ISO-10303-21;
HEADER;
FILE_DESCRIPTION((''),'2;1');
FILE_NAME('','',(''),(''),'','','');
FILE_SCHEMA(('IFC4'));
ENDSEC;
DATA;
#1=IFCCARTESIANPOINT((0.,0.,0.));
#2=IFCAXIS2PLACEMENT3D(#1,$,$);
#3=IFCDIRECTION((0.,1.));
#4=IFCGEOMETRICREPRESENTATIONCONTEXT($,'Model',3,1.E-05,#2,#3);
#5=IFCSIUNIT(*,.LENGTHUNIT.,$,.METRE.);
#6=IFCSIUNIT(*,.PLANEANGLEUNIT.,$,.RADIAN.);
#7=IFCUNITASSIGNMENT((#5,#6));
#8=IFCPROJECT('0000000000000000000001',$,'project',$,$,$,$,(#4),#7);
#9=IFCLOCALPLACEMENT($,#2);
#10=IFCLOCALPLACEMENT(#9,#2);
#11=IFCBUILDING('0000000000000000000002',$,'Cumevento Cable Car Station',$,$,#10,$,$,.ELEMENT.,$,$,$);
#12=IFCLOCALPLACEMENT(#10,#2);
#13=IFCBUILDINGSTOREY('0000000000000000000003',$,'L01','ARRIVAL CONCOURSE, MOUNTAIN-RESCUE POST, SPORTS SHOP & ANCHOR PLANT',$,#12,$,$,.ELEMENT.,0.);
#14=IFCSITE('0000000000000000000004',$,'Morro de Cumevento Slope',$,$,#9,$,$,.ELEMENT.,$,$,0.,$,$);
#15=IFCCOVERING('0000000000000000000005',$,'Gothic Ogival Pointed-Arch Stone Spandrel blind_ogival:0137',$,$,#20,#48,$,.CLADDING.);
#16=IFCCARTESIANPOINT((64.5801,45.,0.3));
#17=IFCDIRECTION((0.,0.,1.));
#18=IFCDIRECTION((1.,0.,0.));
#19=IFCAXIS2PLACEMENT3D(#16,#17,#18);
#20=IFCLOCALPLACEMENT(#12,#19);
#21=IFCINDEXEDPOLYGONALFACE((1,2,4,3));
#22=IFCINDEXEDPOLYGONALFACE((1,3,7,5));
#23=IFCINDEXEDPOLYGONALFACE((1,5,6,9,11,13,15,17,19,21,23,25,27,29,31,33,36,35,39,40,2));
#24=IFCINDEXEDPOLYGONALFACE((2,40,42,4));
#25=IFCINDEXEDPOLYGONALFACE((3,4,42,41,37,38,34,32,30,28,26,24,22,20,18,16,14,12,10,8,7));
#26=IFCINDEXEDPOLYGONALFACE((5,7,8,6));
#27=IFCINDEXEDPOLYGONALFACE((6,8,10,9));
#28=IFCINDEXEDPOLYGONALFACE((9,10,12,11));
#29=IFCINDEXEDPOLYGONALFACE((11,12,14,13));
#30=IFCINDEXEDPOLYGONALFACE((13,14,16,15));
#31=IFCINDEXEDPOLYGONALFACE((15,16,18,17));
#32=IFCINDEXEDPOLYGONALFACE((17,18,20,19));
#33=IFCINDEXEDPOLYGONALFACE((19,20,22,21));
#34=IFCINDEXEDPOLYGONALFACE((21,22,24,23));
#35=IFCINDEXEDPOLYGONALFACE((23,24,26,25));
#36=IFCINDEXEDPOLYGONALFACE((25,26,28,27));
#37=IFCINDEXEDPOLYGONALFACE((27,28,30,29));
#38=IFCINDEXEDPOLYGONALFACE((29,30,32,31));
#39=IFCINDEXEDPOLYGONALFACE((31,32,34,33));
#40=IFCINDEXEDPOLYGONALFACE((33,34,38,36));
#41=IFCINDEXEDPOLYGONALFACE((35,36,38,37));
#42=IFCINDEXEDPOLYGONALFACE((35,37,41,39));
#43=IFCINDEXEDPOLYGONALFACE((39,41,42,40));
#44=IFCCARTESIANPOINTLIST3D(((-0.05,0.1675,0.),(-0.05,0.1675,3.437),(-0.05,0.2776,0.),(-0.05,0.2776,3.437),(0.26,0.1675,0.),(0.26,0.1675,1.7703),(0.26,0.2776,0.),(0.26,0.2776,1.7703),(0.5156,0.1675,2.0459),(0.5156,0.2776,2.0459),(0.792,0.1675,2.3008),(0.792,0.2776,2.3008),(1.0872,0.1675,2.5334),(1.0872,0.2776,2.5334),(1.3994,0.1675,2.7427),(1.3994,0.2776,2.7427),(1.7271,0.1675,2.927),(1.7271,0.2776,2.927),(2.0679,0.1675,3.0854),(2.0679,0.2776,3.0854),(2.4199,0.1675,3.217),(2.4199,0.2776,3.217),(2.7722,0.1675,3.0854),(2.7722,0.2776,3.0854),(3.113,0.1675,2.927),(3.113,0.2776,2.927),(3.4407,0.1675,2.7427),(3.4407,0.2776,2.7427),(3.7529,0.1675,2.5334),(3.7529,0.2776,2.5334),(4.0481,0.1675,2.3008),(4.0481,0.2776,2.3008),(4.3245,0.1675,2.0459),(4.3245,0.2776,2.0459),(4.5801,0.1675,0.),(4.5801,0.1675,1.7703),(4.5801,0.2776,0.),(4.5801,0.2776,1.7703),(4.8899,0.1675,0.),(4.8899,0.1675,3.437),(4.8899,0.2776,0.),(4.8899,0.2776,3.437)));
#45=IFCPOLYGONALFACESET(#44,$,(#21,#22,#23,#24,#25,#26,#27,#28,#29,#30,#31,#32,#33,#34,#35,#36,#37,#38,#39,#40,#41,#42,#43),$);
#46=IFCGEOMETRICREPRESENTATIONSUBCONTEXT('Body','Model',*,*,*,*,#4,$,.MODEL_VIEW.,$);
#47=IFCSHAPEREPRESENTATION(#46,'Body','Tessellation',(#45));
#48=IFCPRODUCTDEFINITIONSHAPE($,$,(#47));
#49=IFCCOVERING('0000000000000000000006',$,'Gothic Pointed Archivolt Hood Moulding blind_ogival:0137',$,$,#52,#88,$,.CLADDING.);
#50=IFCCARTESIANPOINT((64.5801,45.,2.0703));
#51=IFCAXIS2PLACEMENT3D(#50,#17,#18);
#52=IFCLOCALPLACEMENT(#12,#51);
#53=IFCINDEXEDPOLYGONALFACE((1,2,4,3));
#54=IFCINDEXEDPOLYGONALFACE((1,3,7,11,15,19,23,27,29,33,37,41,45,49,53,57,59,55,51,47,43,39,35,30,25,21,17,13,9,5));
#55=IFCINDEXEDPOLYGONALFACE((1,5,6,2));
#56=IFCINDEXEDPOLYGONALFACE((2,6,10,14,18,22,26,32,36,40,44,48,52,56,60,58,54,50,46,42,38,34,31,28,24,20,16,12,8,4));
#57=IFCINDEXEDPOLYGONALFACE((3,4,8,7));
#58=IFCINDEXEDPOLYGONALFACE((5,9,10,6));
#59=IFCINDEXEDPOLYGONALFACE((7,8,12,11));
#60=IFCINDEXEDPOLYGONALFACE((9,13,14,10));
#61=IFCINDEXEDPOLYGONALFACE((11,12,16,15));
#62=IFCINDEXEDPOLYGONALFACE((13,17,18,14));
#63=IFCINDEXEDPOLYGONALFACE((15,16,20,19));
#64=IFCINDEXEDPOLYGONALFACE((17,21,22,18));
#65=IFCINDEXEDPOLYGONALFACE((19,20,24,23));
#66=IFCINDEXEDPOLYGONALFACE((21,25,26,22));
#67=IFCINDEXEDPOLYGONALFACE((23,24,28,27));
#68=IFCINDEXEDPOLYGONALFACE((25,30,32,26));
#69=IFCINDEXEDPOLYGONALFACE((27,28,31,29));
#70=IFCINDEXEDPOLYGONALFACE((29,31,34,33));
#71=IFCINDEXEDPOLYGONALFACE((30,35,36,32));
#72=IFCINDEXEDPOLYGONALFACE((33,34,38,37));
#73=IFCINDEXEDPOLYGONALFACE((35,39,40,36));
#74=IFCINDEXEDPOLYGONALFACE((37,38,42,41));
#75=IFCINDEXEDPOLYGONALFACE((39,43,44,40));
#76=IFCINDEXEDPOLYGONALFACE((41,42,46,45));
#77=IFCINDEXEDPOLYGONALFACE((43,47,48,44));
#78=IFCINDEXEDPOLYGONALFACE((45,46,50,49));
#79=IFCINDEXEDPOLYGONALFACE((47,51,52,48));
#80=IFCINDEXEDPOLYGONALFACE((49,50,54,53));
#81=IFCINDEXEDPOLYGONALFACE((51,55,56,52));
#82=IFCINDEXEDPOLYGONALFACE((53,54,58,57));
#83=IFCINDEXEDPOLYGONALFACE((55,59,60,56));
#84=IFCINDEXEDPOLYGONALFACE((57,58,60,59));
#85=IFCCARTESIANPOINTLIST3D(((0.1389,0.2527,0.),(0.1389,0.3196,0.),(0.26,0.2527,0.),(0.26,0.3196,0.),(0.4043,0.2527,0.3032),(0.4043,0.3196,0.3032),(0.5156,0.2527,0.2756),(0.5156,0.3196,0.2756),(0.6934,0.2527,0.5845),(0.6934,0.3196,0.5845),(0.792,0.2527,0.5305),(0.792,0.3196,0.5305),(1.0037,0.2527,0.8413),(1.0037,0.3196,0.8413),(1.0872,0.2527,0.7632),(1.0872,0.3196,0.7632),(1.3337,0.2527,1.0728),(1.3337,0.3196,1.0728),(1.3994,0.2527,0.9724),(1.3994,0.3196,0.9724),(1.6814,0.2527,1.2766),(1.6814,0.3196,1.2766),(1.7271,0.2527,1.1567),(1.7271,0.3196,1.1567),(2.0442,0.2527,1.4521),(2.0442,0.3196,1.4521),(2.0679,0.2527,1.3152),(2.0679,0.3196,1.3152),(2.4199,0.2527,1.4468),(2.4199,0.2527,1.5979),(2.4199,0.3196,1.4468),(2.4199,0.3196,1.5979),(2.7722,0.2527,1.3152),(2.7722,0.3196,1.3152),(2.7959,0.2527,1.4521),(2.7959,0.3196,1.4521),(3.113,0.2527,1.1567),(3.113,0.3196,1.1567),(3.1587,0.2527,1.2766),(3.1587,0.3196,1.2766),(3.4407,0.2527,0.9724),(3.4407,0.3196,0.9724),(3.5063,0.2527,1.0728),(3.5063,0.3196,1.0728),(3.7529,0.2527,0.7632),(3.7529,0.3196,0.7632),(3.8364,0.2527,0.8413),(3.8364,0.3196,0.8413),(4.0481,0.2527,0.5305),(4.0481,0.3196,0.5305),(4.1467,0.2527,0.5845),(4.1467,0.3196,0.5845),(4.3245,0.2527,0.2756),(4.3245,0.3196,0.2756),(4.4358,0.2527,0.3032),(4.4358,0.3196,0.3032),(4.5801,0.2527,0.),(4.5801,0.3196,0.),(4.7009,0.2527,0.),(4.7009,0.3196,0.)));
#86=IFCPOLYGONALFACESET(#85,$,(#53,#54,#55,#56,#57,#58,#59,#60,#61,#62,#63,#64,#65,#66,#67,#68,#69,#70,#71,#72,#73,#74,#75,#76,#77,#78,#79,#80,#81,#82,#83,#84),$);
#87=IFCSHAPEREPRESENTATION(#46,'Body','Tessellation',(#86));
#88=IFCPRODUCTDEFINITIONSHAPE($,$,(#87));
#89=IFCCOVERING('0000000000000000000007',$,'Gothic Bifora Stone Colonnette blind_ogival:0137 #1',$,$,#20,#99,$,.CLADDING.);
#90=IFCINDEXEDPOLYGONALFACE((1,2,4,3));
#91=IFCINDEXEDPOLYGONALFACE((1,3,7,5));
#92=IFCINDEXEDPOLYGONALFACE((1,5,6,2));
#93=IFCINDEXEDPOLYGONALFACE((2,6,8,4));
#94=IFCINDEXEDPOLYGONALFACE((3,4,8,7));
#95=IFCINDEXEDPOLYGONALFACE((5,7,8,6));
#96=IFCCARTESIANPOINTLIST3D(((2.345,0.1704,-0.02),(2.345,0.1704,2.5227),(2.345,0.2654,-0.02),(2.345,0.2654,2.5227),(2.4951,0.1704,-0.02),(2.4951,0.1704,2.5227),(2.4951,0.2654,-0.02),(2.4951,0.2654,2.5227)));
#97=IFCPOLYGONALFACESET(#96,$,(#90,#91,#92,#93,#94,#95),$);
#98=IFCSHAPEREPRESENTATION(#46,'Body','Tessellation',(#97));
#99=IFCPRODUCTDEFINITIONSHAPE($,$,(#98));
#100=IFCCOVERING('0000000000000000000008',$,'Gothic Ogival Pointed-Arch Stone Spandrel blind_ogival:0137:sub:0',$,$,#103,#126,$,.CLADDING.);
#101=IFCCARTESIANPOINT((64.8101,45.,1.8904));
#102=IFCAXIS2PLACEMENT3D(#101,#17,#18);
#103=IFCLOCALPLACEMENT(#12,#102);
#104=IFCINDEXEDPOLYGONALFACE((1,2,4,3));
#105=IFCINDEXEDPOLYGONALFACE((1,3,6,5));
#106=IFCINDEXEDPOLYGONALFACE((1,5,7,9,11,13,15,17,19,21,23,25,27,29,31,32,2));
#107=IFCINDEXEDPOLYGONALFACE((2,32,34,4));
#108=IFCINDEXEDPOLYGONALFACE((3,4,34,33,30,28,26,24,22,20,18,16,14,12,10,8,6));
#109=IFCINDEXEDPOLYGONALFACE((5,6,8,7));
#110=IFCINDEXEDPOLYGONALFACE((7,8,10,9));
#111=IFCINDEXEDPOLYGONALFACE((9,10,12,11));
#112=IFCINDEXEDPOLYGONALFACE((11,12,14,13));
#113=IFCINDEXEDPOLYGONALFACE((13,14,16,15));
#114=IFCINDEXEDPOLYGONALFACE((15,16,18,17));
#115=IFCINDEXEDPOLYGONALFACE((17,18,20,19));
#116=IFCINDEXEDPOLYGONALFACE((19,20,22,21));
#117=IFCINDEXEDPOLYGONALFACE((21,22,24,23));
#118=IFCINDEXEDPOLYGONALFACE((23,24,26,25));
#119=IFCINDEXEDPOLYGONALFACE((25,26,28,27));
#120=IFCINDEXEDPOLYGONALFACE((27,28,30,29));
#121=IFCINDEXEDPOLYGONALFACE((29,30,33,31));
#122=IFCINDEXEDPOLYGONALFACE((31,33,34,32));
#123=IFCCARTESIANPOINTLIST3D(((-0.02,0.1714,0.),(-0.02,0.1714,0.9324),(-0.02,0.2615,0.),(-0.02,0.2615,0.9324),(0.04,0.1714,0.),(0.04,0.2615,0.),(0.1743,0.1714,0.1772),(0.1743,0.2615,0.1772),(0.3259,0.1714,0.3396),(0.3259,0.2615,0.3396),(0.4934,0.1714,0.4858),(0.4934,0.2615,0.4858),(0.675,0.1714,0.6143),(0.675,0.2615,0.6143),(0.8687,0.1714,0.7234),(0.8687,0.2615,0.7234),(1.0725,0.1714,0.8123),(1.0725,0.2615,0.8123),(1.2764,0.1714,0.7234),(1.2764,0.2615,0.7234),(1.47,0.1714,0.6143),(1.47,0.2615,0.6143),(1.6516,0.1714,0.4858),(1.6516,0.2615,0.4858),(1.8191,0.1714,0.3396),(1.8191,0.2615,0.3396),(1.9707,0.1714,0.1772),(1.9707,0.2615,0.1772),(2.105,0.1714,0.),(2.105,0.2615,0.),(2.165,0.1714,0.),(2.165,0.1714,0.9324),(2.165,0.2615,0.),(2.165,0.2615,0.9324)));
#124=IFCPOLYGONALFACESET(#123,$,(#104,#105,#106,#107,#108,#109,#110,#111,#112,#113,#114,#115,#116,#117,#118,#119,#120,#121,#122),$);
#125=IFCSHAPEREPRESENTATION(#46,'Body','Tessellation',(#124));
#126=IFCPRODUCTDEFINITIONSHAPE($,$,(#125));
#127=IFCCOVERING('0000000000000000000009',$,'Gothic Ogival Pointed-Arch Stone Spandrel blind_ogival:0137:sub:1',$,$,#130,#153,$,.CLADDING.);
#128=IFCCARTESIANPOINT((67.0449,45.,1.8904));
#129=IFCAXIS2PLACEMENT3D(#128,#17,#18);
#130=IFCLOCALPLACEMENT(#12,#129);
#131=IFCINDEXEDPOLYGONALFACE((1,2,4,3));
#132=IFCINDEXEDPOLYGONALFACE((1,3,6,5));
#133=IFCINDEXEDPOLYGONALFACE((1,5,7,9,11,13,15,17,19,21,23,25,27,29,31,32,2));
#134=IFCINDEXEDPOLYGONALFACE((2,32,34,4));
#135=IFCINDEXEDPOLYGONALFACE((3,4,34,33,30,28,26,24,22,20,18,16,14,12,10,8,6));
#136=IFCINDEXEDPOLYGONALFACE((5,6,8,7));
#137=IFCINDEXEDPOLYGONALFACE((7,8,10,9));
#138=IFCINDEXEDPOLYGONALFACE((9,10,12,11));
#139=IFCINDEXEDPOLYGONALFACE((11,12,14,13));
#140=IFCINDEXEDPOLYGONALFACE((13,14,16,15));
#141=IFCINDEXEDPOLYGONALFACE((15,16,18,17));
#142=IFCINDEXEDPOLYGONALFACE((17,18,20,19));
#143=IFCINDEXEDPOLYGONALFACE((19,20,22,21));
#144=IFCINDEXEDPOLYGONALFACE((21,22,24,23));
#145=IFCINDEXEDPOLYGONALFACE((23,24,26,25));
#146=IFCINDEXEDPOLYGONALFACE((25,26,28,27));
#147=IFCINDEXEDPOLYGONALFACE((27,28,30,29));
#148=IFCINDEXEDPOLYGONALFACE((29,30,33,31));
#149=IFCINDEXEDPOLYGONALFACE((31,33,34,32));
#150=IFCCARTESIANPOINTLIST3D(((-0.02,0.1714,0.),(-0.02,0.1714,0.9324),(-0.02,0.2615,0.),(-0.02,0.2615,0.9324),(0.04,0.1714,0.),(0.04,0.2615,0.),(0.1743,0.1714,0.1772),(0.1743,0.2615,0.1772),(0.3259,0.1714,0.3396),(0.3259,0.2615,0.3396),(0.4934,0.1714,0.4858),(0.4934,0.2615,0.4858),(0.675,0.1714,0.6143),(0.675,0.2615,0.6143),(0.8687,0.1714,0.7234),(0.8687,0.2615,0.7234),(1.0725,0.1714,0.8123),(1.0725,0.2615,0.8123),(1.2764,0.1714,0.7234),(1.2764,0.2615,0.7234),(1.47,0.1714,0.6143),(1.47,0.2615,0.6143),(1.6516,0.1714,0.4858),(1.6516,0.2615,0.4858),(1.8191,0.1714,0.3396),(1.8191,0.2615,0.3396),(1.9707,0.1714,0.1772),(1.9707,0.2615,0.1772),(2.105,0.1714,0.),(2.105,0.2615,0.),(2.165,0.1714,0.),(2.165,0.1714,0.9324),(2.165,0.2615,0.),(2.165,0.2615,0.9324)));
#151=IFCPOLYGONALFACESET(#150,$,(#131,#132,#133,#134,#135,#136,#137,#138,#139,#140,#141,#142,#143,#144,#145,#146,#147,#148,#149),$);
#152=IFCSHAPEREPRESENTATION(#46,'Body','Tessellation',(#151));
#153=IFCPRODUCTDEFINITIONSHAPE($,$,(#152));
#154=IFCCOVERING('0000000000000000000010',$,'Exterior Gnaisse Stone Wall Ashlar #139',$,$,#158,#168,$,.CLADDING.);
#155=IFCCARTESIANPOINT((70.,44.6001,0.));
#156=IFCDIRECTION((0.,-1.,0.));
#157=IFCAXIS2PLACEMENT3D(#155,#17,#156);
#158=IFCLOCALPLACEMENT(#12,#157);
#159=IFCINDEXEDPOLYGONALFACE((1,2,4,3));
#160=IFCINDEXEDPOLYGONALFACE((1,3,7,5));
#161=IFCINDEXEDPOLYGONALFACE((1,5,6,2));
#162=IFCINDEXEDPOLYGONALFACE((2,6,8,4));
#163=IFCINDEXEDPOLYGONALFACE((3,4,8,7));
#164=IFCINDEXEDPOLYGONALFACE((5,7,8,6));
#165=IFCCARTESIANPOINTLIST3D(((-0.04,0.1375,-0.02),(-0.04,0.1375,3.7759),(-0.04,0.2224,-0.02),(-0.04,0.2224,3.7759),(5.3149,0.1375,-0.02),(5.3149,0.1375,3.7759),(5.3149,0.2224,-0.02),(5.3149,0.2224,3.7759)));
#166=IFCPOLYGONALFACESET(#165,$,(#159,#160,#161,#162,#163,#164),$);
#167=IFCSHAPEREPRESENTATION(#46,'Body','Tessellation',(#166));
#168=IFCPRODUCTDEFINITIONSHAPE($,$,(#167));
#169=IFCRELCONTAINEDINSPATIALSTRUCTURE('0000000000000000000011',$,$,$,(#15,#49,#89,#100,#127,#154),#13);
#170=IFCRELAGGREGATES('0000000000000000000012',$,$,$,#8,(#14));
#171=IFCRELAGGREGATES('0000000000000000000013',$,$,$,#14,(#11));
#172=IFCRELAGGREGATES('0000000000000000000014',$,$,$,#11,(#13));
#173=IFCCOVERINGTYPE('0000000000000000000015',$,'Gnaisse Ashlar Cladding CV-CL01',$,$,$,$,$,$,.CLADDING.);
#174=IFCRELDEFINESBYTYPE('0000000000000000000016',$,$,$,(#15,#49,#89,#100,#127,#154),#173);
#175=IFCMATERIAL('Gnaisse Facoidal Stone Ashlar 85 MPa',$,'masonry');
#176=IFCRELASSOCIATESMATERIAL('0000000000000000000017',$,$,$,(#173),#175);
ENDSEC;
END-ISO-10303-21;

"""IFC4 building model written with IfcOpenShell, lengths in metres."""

from ifc_helpers import new_model, si_unit, direction, frame, origin, place, context, subcontext, project, spatial, polyline, outline, extrude, material, type_object, element, save


model = new_model("IFC4")

# Units and contexts
model_context = context("Model", 3, precision=1e-05, world=origin(), true_north=direction((0.0, 1.0)))
body_context = subcontext(model_context, "Body", "Model", "MODEL_VIEW")
ifc_project = project(units=[si_unit("LENGTHUNIT", "METRE"), si_unit("PLANEANGLEUNIT", "RADIAN")], contexts=[model_context])

# Site, building, storey
site_placement = place(None, origin())
site = spatial("IfcSite", under=ifc_project, at=site_placement, Name="Morro de Cumevento Slope", CompositionType="ELEMENT", RefElevation=0.0)
building_placement = place(site_placement, origin())
building = spatial("IfcBuilding", under=site, at=building_placement, Name="Cumevento Cable Car Station", CompositionType="ELEMENT")
storey_placement = place(building_placement, origin())
storey = spatial("IfcBuildingStorey", under=building, at=storey_placement, Name="L01", Description="ARRIVAL CONCOURSE, MOUNTAIN-RESCUE POST, SPORTS SHOP & ANCHOR PLANT", CompositionType="ELEMENT", Elevation=0.0)

# Coverings
ifc_material_1 = material(Name="Gnaisse Facoidal Stone Ashlar 85 MPa", Category="masonry")
covering_type = type_object("IfcCoveringType", Name="Gnaisse Ashlar Cladding CV-CL01", PredefinedType="CLADDING", material=ifc_material_1)
placement = place(storey_placement, frame((64.5801, 45.0, 0.3), z_axis=(0.0, 0.0, 1.0), x_axis=(1.0, 0.0, 0.0)))
element("IfcCovering", 1, at=placement, inside=storey, type_object=covering_type, Name="Gothic Ogival Pointed-Arch Stone Spandrel blind_ogival:0137", PredefinedType="CLADDING", context=body_context, shape_type="SweptSolid", body=[
    extrude(outline(polyline([(-0.05, 0.0), (-0.05, 3.437), (4.8899, 3.437), (4.8899, 0.0), (4.5801, 0.0), (4.5801, 1.7703), (4.3245, 2.0459), (4.0481, 2.3008), (3.7529, 2.5334), (3.4407, 2.7427), (3.113, 2.927), (2.7722, 3.0854), (2.4199, 3.217), (2.0679, 3.0854), (1.7271, 2.927), (1.3994, 2.7427), (1.0872, 2.5334), (0.792, 2.3008), (0.5156, 2.0459), (0.26, 1.7703), (0.26, 0.0), (-0.05, 0.0)])), frame((0.0, 0.2776, 0.0), z_axis=(0.0, -1.0, 0.0), x_axis=(1.0, 0.0, 0.0)), (0.0, 0.0, 1.0), 0.1101),
])
covering_1_placement = place(storey_placement, frame((64.5801, 45.0, 2.0703), z_axis=(0.0, 0.0, 1.0), x_axis=(1.0, 0.0, 0.0)))
element("IfcCovering", 2, at=covering_1_placement, inside=storey, type_object=covering_type, Name="Gothic Pointed Archivolt Hood Moulding blind_ogival:0137", PredefinedType="CLADDING", context=body_context, shape_type="SweptSolid", body=[
    extrude(outline(polyline([(0.26, 0.0), (0.5156, 0.2756), (0.792, 0.5305), (1.0872, 0.7632), (1.3994, 0.9724), (1.7271, 1.1567), (2.0679, 1.3152), (2.4199, 1.4468), (2.7722, 1.3152), (3.113, 1.1567), (3.4407, 0.9724), (3.7529, 0.7632), (4.0481, 0.5305), (4.3245, 0.2756), (4.5801, 0.0), (4.7009, 0.0), (4.4358, 0.3032), (4.1467, 0.5845), (3.8364, 0.8413), (3.5063, 1.0728), (3.1587, 1.2766), (2.7959, 1.4521), (2.4199, 1.5979), (2.0442, 1.4521), (1.6814, 1.2766), (1.3337, 1.0728), (1.0037, 0.8413), (0.6934, 0.5845), (0.4043, 0.3032), (0.1389, 0.0), (0.26, 0.0)])), frame((0.0, 0.3196, 0.0), z_axis=(0.0, -1.0, 0.0), x_axis=(1.0, 0.0, 0.0)), (0.0, 0.0, 1.0), 0.0669),
])
element("IfcCovering", 3, at=placement, inside=storey, type_object=covering_type, Name="Gothic Bifora Stone Colonnette blind_ogival:0137 #1", PredefinedType="CLADDING", context=body_context, shape_type="SweptSolid", body=[
    extrude(outline(polyline([(2.345, -0.02), (2.4951, -0.02), (2.4951, 2.5227), (2.345, 2.5227), (2.345, -0.02)])), frame((0.0, 0.2654, 0.0), z_axis=(0.0, -1.0, 0.0), x_axis=(1.0, 0.0, 0.0)), (0.0, 0.0, 1.0), 0.095),
])
for number, where, z_axis, x_axis, name in (
    (4, (64.8101, 45.0, 1.8904), (0.0, 0.0, 1.0), (1.0, 0.0, 0.0), "Gothic Ogival Pointed-Arch Stone Spandrel blind_ogival:0137:sub:0"),
    (5, (67.0449, 45.0, 1.8904), (0.0, 0.0, 1.0), (1.0, 0.0, 0.0), "Gothic Ogival Pointed-Arch Stone Spandrel blind_ogival:0137:sub:1"),
):
    element("IfcCovering", number, at=place(storey_placement, frame(where, z_axis=z_axis, x_axis=x_axis)), inside=storey, type_object=covering_type, Name=name, PredefinedType="CLADDING", context=body_context, shape_type="SweptSolid", body=[
        extrude(outline(polyline([(-0.02, 0.0), (-0.02, 0.9324), (2.165, 0.9324), (2.165, 0.0), (2.105, 0.0), (1.9707, 0.1772), (1.8191, 0.3396), (1.6516, 0.4858), (1.47, 0.6143), (1.2764, 0.7234), (1.0725, 0.8123), (0.8687, 0.7234), (0.675, 0.6143), (0.4934, 0.4858), (0.3259, 0.3396), (0.1743, 0.1772), (0.04, 0.0), (-0.02, 0.0)])), frame((0.0, 0.2615, 0.0), z_axis=(0.0, -1.0, 0.0), x_axis=(1.0, 0.0, 0.0)), (0.0, 0.0, 1.0), 0.0901),
    ])
covering_2_placement = place(storey_placement, frame((70.0, 44.6001, 0.0), z_axis=(0.0, 0.0, 1.0), x_axis=(0.0, -1.0, 0.0)))
element("IfcCovering", 6, at=covering_2_placement, inside=storey, type_object=covering_type, Name="Exterior Gnaisse Stone Wall Ashlar #139", PredefinedType="CLADDING", context=body_context, shape_type="SweptSolid", body=[
    extrude(outline(polyline([(-0.04, -0.02), (5.3149, -0.02), (5.3149, 3.7759), (-0.04, 3.7759), (-0.04, -0.02)])), frame((0.0, 0.2224, 0.0), z_axis=(0.0, -1.0, 0.0), x_axis=(1.0, 0.0, 0.0)), (0.0, 0.0, 1.0), 0.085),
])

save(model, "model.ifc")
